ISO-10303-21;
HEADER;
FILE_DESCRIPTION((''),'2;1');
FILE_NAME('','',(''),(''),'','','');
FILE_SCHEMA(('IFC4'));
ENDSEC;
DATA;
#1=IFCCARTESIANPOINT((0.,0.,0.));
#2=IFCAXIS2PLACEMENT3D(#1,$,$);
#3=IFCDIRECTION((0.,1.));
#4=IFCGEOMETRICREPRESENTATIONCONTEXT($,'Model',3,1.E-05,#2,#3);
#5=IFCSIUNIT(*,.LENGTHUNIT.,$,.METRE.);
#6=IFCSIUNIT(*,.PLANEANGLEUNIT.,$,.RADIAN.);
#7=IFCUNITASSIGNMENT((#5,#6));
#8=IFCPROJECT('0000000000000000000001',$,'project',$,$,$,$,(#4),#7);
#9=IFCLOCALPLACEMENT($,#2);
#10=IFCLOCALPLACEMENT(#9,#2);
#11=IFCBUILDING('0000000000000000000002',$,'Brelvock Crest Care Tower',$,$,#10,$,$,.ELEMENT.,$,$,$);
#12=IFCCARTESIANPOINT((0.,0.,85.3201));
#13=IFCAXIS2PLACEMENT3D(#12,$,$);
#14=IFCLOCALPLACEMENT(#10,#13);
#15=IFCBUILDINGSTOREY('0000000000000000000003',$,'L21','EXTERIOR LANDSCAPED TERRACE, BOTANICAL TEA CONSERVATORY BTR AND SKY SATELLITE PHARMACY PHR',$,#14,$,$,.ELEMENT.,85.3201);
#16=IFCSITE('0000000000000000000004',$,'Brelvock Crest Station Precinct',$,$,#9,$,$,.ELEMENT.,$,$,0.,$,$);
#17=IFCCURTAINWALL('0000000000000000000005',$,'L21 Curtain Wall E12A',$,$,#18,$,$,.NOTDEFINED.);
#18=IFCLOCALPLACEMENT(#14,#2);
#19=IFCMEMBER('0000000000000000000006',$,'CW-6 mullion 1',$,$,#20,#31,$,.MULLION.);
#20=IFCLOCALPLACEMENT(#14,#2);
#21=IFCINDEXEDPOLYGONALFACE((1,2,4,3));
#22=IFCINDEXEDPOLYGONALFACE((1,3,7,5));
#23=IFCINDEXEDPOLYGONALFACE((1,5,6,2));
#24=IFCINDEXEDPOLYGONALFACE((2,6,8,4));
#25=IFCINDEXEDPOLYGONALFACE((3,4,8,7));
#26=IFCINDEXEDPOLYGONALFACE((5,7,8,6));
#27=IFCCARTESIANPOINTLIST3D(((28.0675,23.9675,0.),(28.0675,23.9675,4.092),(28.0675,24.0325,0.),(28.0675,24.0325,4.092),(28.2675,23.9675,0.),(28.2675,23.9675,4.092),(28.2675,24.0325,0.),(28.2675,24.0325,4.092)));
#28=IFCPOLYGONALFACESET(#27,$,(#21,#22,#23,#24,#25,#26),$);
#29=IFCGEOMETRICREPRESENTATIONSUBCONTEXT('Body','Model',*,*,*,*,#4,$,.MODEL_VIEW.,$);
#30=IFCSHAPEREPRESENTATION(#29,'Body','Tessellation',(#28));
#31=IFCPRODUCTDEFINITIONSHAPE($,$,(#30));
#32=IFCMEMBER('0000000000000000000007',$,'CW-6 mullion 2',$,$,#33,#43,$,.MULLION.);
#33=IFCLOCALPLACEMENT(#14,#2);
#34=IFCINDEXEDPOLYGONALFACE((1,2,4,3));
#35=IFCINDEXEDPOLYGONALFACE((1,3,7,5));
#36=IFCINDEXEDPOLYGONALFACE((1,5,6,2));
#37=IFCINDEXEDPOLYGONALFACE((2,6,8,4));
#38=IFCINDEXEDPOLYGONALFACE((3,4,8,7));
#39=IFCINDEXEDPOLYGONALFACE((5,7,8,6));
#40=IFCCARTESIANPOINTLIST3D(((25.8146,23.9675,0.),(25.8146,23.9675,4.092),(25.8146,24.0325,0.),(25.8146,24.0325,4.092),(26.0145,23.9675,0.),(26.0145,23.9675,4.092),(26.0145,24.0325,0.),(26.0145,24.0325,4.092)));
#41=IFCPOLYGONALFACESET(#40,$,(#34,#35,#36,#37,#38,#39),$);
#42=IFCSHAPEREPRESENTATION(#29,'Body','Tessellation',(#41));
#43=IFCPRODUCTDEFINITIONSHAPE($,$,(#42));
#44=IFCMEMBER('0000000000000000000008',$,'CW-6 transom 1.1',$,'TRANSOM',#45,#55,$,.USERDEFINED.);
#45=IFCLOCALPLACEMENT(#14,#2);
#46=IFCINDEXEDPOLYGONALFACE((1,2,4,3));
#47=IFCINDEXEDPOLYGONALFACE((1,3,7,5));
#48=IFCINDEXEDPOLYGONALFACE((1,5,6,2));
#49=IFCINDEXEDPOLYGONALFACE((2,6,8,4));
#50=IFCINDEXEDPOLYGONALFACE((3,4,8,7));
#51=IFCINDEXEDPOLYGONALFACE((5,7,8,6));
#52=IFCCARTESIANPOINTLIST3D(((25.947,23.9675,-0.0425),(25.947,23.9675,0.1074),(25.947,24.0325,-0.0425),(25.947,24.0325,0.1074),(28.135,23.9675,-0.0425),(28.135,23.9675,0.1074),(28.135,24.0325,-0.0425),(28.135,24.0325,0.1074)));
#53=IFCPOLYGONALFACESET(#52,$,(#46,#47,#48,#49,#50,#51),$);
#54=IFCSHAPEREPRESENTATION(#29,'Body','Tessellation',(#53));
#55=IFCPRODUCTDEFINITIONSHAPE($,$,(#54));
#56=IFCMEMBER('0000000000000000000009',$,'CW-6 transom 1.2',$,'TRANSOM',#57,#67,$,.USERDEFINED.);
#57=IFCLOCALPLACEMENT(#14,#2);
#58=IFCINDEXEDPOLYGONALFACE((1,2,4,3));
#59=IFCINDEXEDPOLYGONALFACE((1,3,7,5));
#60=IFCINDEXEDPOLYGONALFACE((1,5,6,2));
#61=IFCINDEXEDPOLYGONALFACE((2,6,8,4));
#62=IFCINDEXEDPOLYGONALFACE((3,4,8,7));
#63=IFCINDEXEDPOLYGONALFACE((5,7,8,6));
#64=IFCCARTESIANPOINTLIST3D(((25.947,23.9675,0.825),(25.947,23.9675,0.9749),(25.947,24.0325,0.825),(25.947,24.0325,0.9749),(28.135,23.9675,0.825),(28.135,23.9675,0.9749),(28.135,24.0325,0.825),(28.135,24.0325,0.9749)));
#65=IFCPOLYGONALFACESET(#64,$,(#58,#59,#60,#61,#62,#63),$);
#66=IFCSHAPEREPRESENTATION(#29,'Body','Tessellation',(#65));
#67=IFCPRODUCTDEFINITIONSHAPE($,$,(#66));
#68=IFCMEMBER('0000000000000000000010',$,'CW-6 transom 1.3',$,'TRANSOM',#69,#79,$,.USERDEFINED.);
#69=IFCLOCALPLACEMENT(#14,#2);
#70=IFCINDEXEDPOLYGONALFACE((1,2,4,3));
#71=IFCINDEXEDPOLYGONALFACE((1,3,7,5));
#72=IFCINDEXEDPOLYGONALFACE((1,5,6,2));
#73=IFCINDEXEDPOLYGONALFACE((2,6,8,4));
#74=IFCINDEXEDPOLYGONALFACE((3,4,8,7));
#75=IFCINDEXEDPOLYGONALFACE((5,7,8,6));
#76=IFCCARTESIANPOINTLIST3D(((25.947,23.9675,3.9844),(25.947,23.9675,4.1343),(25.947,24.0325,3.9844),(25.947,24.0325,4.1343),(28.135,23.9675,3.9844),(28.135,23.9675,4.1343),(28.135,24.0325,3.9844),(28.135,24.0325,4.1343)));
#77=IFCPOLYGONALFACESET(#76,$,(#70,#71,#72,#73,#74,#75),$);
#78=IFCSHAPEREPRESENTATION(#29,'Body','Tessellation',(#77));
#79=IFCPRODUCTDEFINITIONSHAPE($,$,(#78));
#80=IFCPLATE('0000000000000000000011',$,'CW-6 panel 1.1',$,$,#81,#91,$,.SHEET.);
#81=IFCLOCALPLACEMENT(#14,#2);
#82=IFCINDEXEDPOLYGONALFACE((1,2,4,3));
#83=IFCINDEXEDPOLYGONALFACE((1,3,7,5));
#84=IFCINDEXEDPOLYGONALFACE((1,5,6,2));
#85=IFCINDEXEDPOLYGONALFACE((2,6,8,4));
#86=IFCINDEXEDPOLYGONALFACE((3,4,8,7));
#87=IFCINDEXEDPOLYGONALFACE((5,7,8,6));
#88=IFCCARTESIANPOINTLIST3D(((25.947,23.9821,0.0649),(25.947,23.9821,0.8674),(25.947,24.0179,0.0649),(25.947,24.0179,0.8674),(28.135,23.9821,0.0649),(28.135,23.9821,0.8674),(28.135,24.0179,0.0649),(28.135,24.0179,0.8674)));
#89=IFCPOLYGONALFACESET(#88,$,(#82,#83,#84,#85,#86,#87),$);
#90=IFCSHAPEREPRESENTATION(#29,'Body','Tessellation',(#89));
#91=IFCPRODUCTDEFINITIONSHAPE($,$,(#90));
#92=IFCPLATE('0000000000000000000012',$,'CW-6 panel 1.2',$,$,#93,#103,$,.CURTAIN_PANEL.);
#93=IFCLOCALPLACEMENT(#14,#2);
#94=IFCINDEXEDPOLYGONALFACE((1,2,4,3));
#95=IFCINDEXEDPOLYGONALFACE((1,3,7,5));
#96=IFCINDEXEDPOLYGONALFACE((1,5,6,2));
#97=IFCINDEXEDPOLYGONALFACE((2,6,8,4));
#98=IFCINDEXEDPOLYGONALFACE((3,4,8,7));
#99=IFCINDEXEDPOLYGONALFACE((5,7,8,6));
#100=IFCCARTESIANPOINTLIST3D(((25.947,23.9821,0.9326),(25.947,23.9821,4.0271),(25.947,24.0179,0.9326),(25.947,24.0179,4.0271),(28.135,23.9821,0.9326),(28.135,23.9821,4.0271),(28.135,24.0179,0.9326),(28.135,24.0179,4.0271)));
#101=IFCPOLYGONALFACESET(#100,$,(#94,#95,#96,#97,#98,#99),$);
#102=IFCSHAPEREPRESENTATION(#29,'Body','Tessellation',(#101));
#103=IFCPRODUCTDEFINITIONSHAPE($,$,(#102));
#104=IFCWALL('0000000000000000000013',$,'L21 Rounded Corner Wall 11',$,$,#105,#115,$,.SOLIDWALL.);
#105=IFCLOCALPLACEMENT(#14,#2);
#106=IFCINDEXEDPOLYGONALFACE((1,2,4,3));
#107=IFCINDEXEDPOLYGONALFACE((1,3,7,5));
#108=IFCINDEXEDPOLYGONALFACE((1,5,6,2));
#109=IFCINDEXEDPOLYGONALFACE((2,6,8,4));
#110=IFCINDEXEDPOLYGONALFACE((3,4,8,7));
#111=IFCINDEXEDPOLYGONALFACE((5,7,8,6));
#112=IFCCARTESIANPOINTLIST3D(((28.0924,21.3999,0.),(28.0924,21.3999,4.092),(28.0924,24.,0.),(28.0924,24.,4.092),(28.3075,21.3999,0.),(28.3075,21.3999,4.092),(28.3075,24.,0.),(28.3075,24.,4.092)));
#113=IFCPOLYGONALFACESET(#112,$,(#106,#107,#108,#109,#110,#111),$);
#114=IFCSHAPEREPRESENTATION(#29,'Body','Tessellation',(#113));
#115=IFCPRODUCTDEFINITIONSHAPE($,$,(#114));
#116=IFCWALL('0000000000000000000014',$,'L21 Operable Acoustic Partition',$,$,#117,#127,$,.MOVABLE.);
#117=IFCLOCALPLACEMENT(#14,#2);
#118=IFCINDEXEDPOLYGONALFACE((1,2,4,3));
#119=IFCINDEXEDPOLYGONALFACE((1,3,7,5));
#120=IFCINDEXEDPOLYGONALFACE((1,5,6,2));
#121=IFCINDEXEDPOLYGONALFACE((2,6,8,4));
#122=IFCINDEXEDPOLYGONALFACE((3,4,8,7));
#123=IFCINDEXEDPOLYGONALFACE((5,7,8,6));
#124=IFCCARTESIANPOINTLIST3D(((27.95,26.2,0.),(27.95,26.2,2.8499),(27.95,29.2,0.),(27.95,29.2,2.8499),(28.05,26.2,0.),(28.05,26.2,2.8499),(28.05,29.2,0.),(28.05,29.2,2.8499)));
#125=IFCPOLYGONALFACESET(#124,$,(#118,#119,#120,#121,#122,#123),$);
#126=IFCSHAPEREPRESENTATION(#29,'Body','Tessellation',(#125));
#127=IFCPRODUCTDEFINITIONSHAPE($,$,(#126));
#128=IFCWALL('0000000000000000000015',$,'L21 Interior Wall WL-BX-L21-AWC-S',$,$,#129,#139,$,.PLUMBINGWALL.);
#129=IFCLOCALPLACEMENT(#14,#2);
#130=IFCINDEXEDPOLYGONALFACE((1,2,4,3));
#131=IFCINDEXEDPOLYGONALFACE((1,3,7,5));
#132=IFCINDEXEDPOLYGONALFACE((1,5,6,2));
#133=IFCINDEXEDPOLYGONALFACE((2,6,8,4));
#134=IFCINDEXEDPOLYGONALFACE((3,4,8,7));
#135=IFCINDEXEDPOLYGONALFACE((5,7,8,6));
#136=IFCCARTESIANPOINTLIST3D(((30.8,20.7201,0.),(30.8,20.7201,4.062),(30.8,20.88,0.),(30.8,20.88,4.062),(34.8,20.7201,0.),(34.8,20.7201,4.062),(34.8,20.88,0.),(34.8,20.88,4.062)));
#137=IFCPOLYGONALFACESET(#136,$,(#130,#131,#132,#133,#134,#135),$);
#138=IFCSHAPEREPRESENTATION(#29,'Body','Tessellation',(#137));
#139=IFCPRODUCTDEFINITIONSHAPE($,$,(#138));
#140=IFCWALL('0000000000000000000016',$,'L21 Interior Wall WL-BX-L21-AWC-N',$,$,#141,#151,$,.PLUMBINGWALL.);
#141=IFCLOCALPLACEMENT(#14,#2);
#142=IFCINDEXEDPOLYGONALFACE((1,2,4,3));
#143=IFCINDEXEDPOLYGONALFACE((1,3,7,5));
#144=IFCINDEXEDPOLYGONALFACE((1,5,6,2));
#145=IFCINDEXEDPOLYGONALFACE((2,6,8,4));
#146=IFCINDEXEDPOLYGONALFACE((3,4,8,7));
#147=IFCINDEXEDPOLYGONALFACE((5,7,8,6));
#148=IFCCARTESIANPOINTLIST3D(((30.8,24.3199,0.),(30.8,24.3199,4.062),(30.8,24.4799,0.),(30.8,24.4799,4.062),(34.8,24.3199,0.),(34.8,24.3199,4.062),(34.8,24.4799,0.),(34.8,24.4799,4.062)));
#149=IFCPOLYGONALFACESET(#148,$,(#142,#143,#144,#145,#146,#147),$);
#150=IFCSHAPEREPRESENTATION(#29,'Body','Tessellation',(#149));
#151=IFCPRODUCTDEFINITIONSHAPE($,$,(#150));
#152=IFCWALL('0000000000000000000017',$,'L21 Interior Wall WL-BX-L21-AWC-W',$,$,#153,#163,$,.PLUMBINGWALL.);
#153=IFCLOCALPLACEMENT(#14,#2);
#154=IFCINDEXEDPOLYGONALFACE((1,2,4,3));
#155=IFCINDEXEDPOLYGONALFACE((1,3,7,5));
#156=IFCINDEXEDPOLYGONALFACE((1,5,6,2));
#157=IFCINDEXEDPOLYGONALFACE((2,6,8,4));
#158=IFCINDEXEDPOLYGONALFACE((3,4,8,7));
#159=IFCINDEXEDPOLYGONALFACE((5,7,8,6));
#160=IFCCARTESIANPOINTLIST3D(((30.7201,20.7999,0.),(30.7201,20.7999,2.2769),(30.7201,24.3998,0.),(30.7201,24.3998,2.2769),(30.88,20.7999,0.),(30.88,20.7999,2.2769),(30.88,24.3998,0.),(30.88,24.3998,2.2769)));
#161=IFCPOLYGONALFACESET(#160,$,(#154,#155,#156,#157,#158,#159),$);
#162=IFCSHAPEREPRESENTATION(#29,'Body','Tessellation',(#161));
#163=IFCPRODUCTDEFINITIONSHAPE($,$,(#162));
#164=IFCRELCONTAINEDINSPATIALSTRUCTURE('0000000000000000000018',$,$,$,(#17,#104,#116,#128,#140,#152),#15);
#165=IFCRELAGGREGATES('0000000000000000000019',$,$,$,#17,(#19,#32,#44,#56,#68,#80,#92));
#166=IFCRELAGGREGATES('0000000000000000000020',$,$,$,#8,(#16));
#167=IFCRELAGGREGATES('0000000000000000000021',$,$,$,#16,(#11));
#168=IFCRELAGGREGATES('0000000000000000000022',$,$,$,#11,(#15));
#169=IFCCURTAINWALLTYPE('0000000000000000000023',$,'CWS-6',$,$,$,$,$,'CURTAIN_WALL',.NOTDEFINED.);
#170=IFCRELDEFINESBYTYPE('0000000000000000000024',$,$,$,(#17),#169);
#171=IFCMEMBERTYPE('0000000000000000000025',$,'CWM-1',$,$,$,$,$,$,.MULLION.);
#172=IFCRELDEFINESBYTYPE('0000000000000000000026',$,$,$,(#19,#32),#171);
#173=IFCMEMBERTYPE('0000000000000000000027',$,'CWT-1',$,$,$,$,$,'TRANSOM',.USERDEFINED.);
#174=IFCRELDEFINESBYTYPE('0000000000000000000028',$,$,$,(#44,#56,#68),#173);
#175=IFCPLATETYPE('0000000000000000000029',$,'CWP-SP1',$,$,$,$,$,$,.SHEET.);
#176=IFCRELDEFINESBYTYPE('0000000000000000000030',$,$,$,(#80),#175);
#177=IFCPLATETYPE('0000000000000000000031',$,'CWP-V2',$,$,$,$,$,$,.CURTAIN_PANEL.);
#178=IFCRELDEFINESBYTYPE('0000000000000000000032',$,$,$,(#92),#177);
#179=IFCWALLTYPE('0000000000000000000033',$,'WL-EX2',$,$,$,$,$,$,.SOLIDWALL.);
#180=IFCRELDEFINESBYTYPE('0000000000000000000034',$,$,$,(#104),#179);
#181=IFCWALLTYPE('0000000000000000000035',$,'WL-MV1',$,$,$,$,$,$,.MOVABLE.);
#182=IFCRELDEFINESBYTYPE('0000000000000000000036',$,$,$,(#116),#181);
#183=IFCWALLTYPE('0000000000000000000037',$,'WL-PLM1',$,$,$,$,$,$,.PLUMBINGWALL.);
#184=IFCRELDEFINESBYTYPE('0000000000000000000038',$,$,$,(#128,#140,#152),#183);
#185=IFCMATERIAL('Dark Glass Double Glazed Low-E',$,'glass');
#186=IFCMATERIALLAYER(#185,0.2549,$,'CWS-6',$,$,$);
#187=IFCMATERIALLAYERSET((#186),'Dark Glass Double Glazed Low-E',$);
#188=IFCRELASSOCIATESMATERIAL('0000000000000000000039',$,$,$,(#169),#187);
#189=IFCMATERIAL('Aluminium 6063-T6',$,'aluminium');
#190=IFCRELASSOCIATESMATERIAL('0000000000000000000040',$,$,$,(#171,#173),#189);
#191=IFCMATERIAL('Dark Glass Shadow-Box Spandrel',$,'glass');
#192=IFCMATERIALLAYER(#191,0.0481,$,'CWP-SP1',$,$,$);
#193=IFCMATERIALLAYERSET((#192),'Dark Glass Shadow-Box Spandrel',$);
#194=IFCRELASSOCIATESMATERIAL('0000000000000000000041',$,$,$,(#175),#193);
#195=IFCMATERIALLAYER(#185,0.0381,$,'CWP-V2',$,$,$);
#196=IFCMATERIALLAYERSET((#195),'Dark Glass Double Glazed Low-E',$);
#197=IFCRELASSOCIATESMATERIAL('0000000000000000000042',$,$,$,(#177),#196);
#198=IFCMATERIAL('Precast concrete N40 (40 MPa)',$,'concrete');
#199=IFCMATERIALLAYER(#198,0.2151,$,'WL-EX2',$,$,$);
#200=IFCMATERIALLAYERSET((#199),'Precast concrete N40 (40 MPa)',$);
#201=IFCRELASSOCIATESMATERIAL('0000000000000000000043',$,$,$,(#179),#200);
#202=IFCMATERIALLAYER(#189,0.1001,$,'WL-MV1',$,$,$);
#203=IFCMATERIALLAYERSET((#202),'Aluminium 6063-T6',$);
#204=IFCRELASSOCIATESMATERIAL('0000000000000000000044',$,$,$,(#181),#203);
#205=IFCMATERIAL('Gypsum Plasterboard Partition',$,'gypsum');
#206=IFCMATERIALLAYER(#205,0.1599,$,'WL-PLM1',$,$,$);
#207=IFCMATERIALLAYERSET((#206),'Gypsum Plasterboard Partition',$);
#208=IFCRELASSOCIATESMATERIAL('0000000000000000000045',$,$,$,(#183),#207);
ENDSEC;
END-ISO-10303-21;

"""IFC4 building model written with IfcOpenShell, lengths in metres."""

from ifc_helpers import new_model, si_unit, direction, frame, frame_2d, origin, origin_2d, place, context, subcontext, project, spatial, rectangle, extrude, source, transform, mapped, material, layer, layer_set, material_profile, profile_set, type_object, element, aggregate, save


model = new_model("IFC4")

# Units and contexts
model_context = context("Model", 3, precision=1e-05, world=origin(), true_north=direction((0.0, 1.0)))
body_context = subcontext(model_context, "Body", "Model", "MODEL_VIEW")
ifc_project = project(units=[si_unit("LENGTHUNIT", "METRE"), si_unit("PLANEANGLEUNIT", "RADIAN")], contexts=[model_context])

# Site, building, storey
site_placement = place(None, origin())
site = spatial("IfcSite", under=ifc_project, at=site_placement, Name="Brelvock Crest Station Precinct", CompositionType="ELEMENT", RefElevation=0.0)
building_placement = place(site_placement, origin())
building = spatial("IfcBuilding", under=site, at=building_placement, Name="Brelvock Crest Care Tower", CompositionType="ELEMENT")
storey_placement = place(building_placement, frame((0.0, 0.0, 85.3201)))
storey = spatial("IfcBuildingStorey", under=building, at=storey_placement, Name="L21", Description="EXTERIOR LANDSCAPED TERRACE, BOTANICAL TEA CONSERVATORY BTR AND SKY SATELLITE PHARMACY PHR", CompositionType="ELEMENT", Elevation=85.3201)

# Curtain wall, members, plates
ifc_material_1 = material(Name="Dark Glass Double Glazed Low-E", Category="glass")
ifc_layer_1 = layer(ifc_material_1, 0.2549, Name="CWS-6")
ifc_layer_set_1 = layer_set([ifc_layer_1], Name="Dark Glass Double Glazed Low-E")
curtain_wall_type = type_object("IfcCurtainWallType", Name="CWS-6", ElementType="CURTAIN_WALL", PredefinedType="NOTDEFINED", material=ifc_layer_set_1)
curtain_wall_placement = place(storey_placement, origin())
curtain_wall = element("IfcCurtainWall", 1, at=curtain_wall_placement, inside=storey, type_object=curtain_wall_type, Name="L21 Curtain Wall E12A", PredefinedType="NOTDEFINED")
ifc_material_2 = material(Name="Aluminium 6063-T6", Category="aluminium")
ifc_material_profile_1 = material_profile(ifc_material_2, rectangle(XDim=0.0649, YDim=0.2, at=origin_2d()), Name="ALU65x200")
ifc_profile_set_1 = profile_set([ifc_material_profile_1], Name="Aluminium 6063-T6")
member_type_1 = type_object("IfcMemberType", Name="CWM-1", PredefinedType="MULLION", material=ifc_profile_set_1)
shared_shape_1 = source(origin(), body_context, "Body", "SweptSolid", [
    extrude(rectangle(XDim=0.0649, YDim=0.2, at=origin_2d()), origin(), (0.0, 0.0, 1.0), 4.092),
])
member_1_placement = place(storey_placement, frame((28.1675, 24.0, 0.0), z_axis=(0.0, 0.0, 1.0), x_axis=(0.0, -1.0, 0.0)))
member_1 = element("IfcMember", 2, at=member_1_placement, type_object=member_type_1, Name="CW-6 mullion 1", PredefinedType="MULLION", context=body_context, shape_type="MappedRepresentation", body=[
    mapped(shared_shape_1, transform((0.0, 0.0, 0.0), x_axis=(1.0, 0.0, 0.0), y_axis=(0.0, 1.0, 0.0), z_axis=(0.0, 0.0, 1.0), scale=1.0)),
])
member_2_placement = place(storey_placement, frame((25.9146, 24.0, 0.0), z_axis=(0.0, 0.0, 1.0), x_axis=(0.0, -1.0, 0.0)))
member_2 = element("IfcMember", 3, at=member_2_placement, type_object=member_type_1, Name="CW-6 mullion 2", PredefinedType="MULLION", context=body_context, shape_type="MappedRepresentation", body=[
    mapped(shared_shape_1, transform((0.0, 0.0, 0.0), x_axis=(1.0, 0.0, 0.0), y_axis=(0.0, 1.0, 0.0), z_axis=(0.0, 0.0, 1.0), scale=1.0)),
])
ifc_material_profile_2 = material_profile(ifc_material_2, rectangle(XDim=0.0649, YDim=0.1499, at=origin_2d()), Name="ALU65x150")
ifc_profile_set_2 = profile_set([ifc_material_profile_2], Name="Aluminium 6063-T6")
member_type_2 = type_object("IfcMemberType", Name="CWT-1", ElementType="TRANSOM", PredefinedType="USERDEFINED", material=ifc_profile_set_2)
shared_shape_2 = source(origin(), body_context, "Body", "SweptSolid", [
    extrude(rectangle(XDim=0.0649, YDim=0.1499, at=origin_2d()), origin(), (0.0, 0.0, 1.0), 2.188),
])
member_3_placement = place(storey_placement, frame((28.135, 24.0, 0.0325), z_axis=(-1.0, 0.0, 0.0), x_axis=(0.0, -1.0, 0.0)))
member_3 = element("IfcMember", 4, at=member_3_placement, type_object=member_type_2, Name="CW-6 transom 1.1", ObjectType="TRANSOM", PredefinedType="USERDEFINED", context=body_context, shape_type="MappedRepresentation", body=[
    mapped(shared_shape_2, transform((0.0, 0.0, 0.0), x_axis=(1.0, 0.0, 0.0), y_axis=(0.0, 1.0, 0.0), z_axis=(0.0, 0.0, 1.0), scale=1.0)),
])
member_4_placement = place(storey_placement, frame((28.135, 24.0, 0.8999), z_axis=(-1.0, 0.0, 0.0), x_axis=(0.0, -1.0, 0.0)))
member_4 = element("IfcMember", 5, at=member_4_placement, type_object=member_type_2, Name="CW-6 transom 1.2", ObjectType="TRANSOM", PredefinedType="USERDEFINED", context=body_context, shape_type="MappedRepresentation", body=[
    mapped(shared_shape_2, transform((0.0, 0.0, 0.0), x_axis=(1.0, 0.0, 0.0), y_axis=(0.0, 1.0, 0.0), z_axis=(0.0, 0.0, 1.0), scale=1.0)),
])
member_5_placement = place(storey_placement, frame((28.135, 24.0, 4.0593), z_axis=(-1.0, 0.0, 0.0), x_axis=(0.0, -1.0, 0.0)))
member_5 = element("IfcMember", 6, at=member_5_placement, type_object=member_type_2, Name="CW-6 transom 1.3", ObjectType="TRANSOM", PredefinedType="USERDEFINED", context=body_context, shape_type="MappedRepresentation", body=[
    mapped(shared_shape_2, transform((0.0, 0.0, 0.0), x_axis=(1.0, 0.0, 0.0), y_axis=(0.0, 1.0, 0.0), z_axis=(0.0, 0.0, 1.0), scale=1.0)),
])
ifc_material_3 = material(Name="Dark Glass Shadow-Box Spandrel", Category="glass")
ifc_layer_2 = layer(ifc_material_3, 0.0481, Name="CWP-SP1")
ifc_layer_set_2 = layer_set([ifc_layer_2], Name="Dark Glass Shadow-Box Spandrel")
plate_type_1 = type_object("IfcPlateType", Name="CWP-SP1", PredefinedType="SHEET", material=ifc_layer_set_2)
shared_shape_3 = source(origin(), body_context, "Body", "SweptSolid", [
    extrude(rectangle(XDim=2.188, YDim=0.0359, at=origin_2d()), origin(), (0.0, 0.0, 1.0), 0.8025),
])
plate_1_placement = place(storey_placement, frame((27.041, 24.0, 0.0649), z_axis=(0.0, 0.0, 1.0), x_axis=(-1.0, 0.0, 0.0)))
plate_1 = element("IfcPlate", 7, at=plate_1_placement, type_object=plate_type_1, Name="CW-6 panel 1.1", PredefinedType="SHEET", context=body_context, shape_type="MappedRepresentation", body=[
    mapped(shared_shape_3, transform((0.0, 0.0, 0.0), x_axis=(1.0, 0.0, 0.0), y_axis=(0.0, 1.0, 0.0), z_axis=(0.0, 0.0, 1.0), scale=1.0)),
])
ifc_layer_3 = layer(ifc_material_1, 0.0381, Name="CWP-V2")
ifc_layer_set_3 = layer_set([ifc_layer_3], Name="Dark Glass Double Glazed Low-E")
plate_type_2 = type_object("IfcPlateType", Name="CWP-V2", PredefinedType="CURTAIN_PANEL", material=ifc_layer_set_3)
shared_shape_4 = source(origin(), body_context, "Body", "SweptSolid", [
    extrude(rectangle(XDim=2.188, YDim=0.0359, at=origin_2d()), origin(), (0.0, 0.0, 1.0), 3.0945),
])
plate_2_placement = place(storey_placement, frame((27.041, 24.0, 0.9326), z_axis=(0.0, 0.0, 1.0), x_axis=(-1.0, 0.0, 0.0)))
plate_2 = element("IfcPlate", 8, at=plate_2_placement, type_object=plate_type_2, Name="CW-6 panel 1.2", PredefinedType="CURTAIN_PANEL", context=body_context, shape_type="MappedRepresentation", body=[
    mapped(shared_shape_4, transform((0.0, 0.0, 0.0), x_axis=(1.0, 0.0, 0.0), y_axis=(0.0, 1.0, 0.0), z_axis=(0.0, 0.0, 1.0), scale=1.0)),
])
aggregate(curtain_wall, [member_1, member_2, member_3, member_4, member_5, plate_1, plate_2])

# Shared definitions
ifc_material_4 = material(Name="Precast concrete N40 (40 MPa)", Category="concrete")

# Walls
ifc_layer_4 = layer(ifc_material_4, 0.2151, Name="WL-EX2")
ifc_layer_set_4 = layer_set([ifc_layer_4], Name="Precast concrete N40 (40 MPa)")
wall_type_1 = type_object("IfcWallType", Name="WL-EX2", PredefinedType="SOLIDWALL", material=ifc_layer_set_4)
wall_1_placement = place(storey_placement, frame((28.2, 21.3999, 0.0), z_axis=(0.0, 0.0, 1.0), x_axis=(0.0, 1.0, 0.0)))
element("IfcWall", 9, at=wall_1_placement, inside=storey, type_object=wall_type_1, Name="L21 Rounded Corner Wall 11", PredefinedType="SOLIDWALL", context=body_context, shape_type="SweptSolid", body=[
    extrude(rectangle(XDim=2.6001, YDim=0.2151, at=frame_2d((1.3, 0.0))), origin(), (0.0, 0.0, 1.0), 4.092),
])
ifc_layer_5 = layer(ifc_material_2, 0.1001, Name="WL-MV1")
ifc_layer_set_5 = layer_set([ifc_layer_5], Name="Aluminium 6063-T6")
wall_type_2 = type_object("IfcWallType", Name="WL-MV1", PredefinedType="MOVABLE", material=ifc_layer_set_5)
wall_2_placement = place(storey_placement, frame((28.0, 26.2, 0.0), z_axis=(0.0, 0.0, 1.0), x_axis=(0.0, 1.0, 0.0)))
element("IfcWall", 10, at=wall_2_placement, inside=storey, type_object=wall_type_2, Name="L21 Operable Acoustic Partition", PredefinedType="MOVABLE", context=body_context, shape_type="SweptSolid", body=[
    extrude(rectangle(XDim=3.0, YDim=0.1001, at=frame_2d((1.5, 0.0))), origin(), (0.0, 0.0, 1.0), 2.8499),
])
ifc_material_5 = material(Name="Gypsum Plasterboard Partition", Category="gypsum")
ifc_layer_6 = layer(ifc_material_5, 0.1599, Name="WL-PLM1")
ifc_layer_set_6 = layer_set([ifc_layer_6], Name="Gypsum Plasterboard Partition")
wall_type_3 = type_object("IfcWallType", Name="WL-PLM1", PredefinedType="PLUMBINGWALL", material=ifc_layer_set_6)
for number, where, z_axis, x_axis, name in (
    (11, (30.8, 20.8, 0.0), (0.0, 0.0, 1.0), (1.0, 0.0, 0.0), "L21 Interior Wall WL-BX-L21-AWC-S"),
    (12, (30.8, 24.3999, 0.0), (0.0, 0.0, 1.0), (1.0, 0.0, 0.0), "L21 Interior Wall WL-BX-L21-AWC-N"),
):
    element("IfcWall", number, at=place(storey_placement, frame(where, z_axis=z_axis, x_axis=x_axis)), inside=storey, type_object=wall_type_3, Name=name, PredefinedType="PLUMBINGWALL", context=body_context, shape_type="SweptSolid", body=[
        extrude(rectangle(XDim=4.0, YDim=0.1599, at=frame_2d((2.0, 0.0))), origin(), (0.0, 0.0, 1.0), 4.062),
    ])
wall_3_placement = place(storey_placement, frame((30.8, 20.8, 0.0), z_axis=(0.0, 0.0, 1.0), x_axis=(0.0, 1.0, 0.0)))
element("IfcWall", 13, at=wall_3_placement, inside=storey, type_object=wall_type_3, Name="L21 Interior Wall WL-BX-L21-AWC-W", PredefinedType="PLUMBINGWALL", context=body_context, shape_type="SweptSolid", body=[
    extrude(rectangle(XDim=3.5999, YDim=0.1599, at=frame_2d((1.7998, 0.0))), origin(), (0.0, 0.0, 1.0), 2.2769),
])

save(model, "model.ifc")
